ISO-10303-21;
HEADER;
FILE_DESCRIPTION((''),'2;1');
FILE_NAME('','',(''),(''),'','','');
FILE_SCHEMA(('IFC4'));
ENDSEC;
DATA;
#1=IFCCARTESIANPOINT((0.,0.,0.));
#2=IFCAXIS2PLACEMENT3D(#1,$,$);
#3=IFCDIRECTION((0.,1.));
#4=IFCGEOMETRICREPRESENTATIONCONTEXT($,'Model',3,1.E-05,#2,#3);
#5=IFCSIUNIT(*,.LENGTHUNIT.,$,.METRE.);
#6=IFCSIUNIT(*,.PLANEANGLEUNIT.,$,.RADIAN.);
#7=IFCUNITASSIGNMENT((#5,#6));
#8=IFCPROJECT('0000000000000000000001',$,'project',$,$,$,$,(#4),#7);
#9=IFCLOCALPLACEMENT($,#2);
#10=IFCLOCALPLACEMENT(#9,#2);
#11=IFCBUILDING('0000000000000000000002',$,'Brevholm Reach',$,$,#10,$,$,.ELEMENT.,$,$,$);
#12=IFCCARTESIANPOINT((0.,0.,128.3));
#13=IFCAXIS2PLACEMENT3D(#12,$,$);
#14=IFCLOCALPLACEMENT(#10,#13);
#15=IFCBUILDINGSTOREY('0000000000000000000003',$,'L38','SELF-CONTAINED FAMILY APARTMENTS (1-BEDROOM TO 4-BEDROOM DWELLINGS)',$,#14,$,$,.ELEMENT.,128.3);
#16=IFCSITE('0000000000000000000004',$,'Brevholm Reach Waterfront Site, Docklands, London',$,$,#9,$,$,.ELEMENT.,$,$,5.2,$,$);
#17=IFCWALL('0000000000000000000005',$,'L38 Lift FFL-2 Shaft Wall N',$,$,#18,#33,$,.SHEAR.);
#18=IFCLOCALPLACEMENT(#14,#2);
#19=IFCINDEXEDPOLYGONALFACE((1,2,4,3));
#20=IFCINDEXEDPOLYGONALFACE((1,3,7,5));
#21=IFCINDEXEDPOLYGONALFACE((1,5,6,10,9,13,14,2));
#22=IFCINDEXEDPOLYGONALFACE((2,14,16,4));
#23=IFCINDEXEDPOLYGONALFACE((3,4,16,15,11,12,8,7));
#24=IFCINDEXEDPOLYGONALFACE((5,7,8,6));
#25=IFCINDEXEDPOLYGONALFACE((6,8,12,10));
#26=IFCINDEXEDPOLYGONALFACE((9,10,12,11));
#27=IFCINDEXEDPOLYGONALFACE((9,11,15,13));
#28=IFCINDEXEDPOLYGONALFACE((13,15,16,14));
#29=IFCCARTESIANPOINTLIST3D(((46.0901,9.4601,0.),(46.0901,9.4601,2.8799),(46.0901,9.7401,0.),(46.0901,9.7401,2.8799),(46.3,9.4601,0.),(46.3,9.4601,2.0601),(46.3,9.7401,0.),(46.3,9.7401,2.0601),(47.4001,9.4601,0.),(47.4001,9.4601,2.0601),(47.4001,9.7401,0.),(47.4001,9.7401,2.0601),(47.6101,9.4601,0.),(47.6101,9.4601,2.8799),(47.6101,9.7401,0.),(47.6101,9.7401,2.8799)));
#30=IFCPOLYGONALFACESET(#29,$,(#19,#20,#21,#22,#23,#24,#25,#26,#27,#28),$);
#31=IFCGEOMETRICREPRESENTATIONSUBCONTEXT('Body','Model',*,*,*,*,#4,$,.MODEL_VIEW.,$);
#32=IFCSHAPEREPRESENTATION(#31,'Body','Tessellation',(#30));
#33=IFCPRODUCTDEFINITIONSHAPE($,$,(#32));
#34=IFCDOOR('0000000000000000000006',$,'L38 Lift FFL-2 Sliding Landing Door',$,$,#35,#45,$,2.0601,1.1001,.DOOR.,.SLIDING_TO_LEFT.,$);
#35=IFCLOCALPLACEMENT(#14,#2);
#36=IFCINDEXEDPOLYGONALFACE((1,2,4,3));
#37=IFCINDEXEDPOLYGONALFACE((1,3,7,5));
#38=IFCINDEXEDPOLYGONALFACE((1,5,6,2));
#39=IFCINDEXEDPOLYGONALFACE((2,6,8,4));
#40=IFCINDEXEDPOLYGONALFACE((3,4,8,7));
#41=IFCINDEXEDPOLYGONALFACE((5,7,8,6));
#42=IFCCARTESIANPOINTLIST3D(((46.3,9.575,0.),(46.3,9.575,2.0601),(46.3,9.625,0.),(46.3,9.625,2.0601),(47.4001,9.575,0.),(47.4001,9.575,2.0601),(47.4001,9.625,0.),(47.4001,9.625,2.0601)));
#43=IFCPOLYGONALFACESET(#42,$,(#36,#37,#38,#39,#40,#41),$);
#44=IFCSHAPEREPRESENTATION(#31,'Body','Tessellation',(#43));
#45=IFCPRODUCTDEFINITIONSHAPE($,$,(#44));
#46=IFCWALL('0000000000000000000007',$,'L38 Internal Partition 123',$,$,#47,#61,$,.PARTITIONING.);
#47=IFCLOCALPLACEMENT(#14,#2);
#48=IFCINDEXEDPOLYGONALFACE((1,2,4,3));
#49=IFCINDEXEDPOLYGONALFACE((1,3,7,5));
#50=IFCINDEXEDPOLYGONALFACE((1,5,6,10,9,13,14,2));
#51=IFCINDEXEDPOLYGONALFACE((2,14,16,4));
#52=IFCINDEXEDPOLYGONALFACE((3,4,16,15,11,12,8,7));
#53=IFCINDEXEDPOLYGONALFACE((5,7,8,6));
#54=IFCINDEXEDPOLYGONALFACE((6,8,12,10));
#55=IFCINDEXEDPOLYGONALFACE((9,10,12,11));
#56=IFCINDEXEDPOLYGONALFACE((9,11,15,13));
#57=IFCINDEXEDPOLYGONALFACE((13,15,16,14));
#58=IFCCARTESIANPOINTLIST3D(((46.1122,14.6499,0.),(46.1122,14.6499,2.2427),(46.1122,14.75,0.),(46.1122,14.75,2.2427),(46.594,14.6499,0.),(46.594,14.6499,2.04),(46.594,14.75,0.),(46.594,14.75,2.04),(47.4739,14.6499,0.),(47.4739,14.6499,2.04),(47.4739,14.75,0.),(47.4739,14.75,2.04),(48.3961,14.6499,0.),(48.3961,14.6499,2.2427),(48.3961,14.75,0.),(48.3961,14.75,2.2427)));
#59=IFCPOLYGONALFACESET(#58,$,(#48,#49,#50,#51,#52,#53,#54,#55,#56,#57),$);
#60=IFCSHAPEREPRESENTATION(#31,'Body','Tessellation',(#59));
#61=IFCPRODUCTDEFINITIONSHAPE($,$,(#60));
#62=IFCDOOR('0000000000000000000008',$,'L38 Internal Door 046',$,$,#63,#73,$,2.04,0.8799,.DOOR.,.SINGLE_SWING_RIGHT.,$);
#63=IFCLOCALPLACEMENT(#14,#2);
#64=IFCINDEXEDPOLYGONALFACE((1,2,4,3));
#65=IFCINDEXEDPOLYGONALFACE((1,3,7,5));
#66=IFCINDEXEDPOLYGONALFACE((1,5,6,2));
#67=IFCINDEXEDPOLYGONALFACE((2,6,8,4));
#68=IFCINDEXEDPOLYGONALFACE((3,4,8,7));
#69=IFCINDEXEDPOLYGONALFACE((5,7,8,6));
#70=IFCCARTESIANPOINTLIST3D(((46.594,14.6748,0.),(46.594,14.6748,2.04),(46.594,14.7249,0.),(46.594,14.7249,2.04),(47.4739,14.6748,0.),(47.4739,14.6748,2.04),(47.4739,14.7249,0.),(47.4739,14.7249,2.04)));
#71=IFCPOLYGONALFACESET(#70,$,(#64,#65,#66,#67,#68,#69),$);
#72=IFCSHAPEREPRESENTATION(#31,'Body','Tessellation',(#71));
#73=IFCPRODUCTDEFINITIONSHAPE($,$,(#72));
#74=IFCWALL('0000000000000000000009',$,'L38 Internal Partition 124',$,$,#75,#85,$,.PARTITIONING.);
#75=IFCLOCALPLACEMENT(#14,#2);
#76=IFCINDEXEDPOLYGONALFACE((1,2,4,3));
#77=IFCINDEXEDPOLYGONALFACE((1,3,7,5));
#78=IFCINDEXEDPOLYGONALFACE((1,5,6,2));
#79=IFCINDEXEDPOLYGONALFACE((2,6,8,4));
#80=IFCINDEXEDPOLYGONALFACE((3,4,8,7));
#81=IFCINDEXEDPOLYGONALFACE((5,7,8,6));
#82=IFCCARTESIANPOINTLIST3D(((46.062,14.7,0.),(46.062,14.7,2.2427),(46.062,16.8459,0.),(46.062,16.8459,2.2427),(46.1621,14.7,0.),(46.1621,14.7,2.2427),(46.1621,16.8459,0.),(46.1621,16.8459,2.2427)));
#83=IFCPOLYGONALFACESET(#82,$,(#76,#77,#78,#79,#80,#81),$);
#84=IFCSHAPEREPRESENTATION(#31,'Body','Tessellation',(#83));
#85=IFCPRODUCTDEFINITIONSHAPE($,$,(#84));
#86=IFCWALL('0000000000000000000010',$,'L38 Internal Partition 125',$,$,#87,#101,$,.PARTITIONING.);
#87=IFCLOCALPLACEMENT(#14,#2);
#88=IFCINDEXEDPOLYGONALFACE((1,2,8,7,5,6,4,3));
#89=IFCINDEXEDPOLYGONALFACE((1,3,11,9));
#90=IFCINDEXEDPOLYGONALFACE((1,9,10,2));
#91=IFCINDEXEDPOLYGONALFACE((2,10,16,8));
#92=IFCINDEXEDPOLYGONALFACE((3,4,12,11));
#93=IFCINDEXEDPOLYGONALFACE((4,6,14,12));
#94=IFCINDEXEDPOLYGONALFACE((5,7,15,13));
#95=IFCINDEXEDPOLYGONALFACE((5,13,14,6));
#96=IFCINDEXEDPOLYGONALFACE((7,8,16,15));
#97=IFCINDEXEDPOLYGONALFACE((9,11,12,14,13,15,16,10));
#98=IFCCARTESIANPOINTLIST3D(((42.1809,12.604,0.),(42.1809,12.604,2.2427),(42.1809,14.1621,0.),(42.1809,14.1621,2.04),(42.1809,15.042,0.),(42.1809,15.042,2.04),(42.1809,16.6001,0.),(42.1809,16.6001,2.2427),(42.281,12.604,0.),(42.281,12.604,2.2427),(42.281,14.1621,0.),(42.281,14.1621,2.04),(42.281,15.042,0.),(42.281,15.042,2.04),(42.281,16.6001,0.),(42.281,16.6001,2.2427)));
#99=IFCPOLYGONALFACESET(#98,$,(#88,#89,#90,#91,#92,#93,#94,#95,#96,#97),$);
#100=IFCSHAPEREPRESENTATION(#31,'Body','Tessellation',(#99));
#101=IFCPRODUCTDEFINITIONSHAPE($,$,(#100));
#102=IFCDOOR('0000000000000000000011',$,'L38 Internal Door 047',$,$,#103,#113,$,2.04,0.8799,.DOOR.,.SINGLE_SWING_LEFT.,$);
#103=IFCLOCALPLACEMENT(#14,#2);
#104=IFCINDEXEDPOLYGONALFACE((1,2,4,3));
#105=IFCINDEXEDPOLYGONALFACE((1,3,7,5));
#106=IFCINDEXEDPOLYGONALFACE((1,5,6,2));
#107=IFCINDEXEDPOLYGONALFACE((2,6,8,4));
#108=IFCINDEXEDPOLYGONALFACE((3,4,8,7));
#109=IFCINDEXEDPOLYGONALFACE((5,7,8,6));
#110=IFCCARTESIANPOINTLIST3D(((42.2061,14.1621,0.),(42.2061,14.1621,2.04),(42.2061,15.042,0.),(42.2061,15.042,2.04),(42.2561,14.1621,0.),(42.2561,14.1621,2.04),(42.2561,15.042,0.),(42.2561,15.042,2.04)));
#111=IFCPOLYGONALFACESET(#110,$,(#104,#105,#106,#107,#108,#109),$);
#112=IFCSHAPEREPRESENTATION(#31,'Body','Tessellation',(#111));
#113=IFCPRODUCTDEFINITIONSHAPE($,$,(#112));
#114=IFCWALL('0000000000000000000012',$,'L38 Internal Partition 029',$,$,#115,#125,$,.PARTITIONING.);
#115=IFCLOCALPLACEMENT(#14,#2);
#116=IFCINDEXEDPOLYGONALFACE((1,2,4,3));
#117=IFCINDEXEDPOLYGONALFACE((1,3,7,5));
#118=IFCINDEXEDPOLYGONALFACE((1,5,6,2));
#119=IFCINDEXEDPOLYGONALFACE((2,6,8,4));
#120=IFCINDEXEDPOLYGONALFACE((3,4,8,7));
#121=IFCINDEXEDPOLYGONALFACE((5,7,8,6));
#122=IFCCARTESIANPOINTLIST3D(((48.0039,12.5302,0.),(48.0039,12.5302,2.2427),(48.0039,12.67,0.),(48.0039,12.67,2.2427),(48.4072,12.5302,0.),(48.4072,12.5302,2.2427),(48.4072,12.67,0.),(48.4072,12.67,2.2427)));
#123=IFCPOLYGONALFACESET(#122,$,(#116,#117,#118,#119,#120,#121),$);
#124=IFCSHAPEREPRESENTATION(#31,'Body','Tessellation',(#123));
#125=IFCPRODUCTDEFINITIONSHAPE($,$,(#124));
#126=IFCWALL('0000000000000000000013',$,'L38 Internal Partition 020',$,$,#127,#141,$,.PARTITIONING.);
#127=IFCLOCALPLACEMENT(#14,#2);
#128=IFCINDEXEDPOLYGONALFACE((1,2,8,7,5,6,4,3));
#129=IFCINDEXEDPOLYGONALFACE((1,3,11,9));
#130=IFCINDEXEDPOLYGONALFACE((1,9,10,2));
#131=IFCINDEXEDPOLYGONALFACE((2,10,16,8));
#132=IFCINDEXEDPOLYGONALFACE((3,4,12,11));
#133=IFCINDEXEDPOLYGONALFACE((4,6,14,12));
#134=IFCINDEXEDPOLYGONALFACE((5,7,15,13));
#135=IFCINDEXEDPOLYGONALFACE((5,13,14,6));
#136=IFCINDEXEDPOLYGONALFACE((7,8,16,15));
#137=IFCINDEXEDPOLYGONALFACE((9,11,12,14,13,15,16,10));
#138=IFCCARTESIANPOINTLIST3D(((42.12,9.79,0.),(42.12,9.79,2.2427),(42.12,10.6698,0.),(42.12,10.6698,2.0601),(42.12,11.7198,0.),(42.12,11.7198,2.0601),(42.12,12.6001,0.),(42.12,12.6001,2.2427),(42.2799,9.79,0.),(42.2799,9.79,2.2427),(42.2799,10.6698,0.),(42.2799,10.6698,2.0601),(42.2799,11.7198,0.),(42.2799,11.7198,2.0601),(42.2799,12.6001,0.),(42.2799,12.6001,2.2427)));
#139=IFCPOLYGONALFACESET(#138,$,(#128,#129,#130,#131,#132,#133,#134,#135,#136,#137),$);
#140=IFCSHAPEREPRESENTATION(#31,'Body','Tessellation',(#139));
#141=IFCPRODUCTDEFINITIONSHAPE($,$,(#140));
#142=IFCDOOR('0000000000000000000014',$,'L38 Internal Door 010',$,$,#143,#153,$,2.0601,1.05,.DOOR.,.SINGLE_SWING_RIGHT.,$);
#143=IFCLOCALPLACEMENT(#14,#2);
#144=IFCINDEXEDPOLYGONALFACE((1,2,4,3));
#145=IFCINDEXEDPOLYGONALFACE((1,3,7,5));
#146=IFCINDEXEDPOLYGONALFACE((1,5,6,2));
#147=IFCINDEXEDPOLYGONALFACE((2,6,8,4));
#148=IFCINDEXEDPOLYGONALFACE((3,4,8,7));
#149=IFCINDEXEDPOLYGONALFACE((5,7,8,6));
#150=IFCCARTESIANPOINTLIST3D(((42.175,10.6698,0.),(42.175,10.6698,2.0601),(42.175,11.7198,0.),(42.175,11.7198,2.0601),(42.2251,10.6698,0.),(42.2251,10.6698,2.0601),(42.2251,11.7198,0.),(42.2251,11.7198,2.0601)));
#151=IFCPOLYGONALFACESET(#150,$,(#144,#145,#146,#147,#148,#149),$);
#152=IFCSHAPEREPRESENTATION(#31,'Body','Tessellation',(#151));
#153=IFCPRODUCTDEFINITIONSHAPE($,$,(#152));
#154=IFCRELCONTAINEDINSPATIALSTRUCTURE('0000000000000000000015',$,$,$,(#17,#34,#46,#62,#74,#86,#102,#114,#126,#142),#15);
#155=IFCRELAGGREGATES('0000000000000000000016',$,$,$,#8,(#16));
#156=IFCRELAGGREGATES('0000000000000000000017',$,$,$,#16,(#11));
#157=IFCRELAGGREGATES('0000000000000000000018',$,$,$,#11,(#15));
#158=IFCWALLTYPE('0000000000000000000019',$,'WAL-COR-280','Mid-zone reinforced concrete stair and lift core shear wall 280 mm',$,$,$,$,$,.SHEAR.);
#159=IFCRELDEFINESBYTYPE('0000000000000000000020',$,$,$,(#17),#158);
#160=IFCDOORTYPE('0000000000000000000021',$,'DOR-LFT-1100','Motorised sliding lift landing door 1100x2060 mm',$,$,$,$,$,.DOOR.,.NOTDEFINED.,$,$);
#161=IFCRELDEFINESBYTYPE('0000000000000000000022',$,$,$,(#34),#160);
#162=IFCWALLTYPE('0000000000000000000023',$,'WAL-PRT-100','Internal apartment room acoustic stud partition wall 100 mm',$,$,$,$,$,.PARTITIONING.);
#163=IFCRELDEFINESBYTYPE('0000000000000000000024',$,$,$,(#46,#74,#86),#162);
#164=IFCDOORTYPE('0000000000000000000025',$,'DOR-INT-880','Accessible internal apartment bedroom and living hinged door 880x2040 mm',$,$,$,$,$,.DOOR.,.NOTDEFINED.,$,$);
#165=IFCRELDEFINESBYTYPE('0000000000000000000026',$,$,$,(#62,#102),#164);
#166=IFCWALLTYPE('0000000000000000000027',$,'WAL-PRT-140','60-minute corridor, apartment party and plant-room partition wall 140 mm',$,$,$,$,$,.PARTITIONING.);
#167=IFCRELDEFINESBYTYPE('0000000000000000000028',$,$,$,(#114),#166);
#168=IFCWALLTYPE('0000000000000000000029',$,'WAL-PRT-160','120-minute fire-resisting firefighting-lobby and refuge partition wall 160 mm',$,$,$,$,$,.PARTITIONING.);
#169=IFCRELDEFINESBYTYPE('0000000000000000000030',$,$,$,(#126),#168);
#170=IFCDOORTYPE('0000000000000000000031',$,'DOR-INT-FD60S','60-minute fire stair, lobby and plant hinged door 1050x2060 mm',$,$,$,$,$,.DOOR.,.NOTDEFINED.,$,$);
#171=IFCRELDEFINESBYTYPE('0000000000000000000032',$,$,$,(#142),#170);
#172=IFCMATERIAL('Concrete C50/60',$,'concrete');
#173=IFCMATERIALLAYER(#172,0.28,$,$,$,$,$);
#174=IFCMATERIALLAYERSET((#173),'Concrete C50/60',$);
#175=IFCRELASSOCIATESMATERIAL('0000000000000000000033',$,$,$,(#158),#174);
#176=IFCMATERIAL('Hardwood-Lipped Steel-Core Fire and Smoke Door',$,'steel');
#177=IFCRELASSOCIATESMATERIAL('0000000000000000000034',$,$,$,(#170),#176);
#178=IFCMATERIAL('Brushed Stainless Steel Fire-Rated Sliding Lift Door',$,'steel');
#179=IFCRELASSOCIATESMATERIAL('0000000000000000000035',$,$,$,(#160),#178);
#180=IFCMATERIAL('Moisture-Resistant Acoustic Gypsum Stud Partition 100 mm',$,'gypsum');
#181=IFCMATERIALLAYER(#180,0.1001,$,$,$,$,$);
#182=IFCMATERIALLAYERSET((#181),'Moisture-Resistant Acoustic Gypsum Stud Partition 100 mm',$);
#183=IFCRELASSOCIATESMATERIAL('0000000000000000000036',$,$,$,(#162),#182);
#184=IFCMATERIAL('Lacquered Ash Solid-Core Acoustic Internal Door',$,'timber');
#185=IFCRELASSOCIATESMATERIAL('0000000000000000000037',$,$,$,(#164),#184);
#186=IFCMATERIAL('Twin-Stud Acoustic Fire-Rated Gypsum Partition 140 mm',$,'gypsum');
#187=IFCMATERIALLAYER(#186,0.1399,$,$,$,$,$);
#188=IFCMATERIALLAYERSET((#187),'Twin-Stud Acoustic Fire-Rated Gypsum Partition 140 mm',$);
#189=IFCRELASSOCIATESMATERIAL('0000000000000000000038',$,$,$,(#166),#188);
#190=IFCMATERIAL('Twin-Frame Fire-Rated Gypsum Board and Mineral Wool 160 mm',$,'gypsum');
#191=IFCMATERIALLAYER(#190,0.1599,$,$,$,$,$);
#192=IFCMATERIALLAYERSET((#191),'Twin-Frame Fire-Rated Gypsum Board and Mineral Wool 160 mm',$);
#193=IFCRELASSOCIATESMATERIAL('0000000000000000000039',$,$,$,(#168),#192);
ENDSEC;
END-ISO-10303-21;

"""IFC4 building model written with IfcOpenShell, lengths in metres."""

from ifc_helpers import new_model, si_unit, direction, frame, frame_2d, origin, place, context, subcontext, project, spatial, rectangle, extrude, material, layer, layer_set, type_object, element, fill, save


model = new_model("IFC4")

# Units and contexts
model_context = context("Model", 3, precision=1e-05, world=origin(), true_north=direction((0.0, 1.0)))
body_context = subcontext(model_context, "Body", "Model", "MODEL_VIEW")
ifc_project = project(units=[si_unit("LENGTHUNIT", "METRE"), si_unit("PLANEANGLEUNIT", "RADIAN")], contexts=[model_context])

# Site, building, storey
site_placement = place(None, origin())
site = spatial("IfcSite", under=ifc_project, at=site_placement, Name="Brevholm Reach Waterfront Site, Docklands, London", CompositionType="ELEMENT", RefElevation=5.2)
building_placement = place(site_placement, origin())
building = spatial("IfcBuilding", under=site, at=building_placement, Name="Brevholm Reach", CompositionType="ELEMENT")
storey_placement = place(building_placement, frame((0.0, 0.0, 128.3)))
storey = spatial("IfcBuildingStorey", under=building, at=storey_placement, Name="L38", Description="SELF-CONTAINED FAMILY APARTMENTS (1-BEDROOM TO 4-BEDROOM DWELLINGS)", CompositionType="ELEMENT", Elevation=128.3)

# Walls, openings, doors
ifc_material_1 = material(Name="Concrete C50/60", Category="concrete")
ifc_layer_1 = layer(ifc_material_1, 0.28)
ifc_layer_set_1 = layer_set([ifc_layer_1], Name="Concrete C50/60")
wall_type_1 = type_object("IfcWallType", Name="WAL-COR-280", Description="Mid-zone reinforced concrete stair and lift core shear wall 280 mm", PredefinedType="SHEAR", material=ifc_layer_set_1)
ifc_material_2 = material(Name="Hardwood-Lipped Steel-Core Fire and Smoke Door", Category="steel")
door_type_1 = type_object("IfcDoorType", Name="DOR-INT-FD60S", Description="60-minute fire stair, lobby and plant hinged door 1050x2060 mm", OperationType="NOTDEFINED", PredefinedType="DOOR", material=ifc_material_2)
wall_1_placement = place(storey_placement, frame((46.0901, 9.6001, 0.0), z_axis=(0.0, 0.0, 1.0), x_axis=(1.0, 0.0, 0.0)))
wall_1 = element("IfcWall", 1, at=wall_1_placement, inside=storey, type_object=wall_type_1, Name="L38 Lift FFL-2 Shaft Wall N", PredefinedType="SHEAR", context=body_context, shape_type="SweptSolid", body=[
    extrude(rectangle(XDim=1.52, YDim=0.28, at=frame_2d((0.76, 0.0))), origin(), (0.0, 0.0, 1.0), 2.8799),
])
opening_1_placement = place(wall_1_placement, frame((0.21, 0.0, 0.0)))
opening_1 = element("IfcOpeningElement", 2, at=opening_1_placement, cuts=wall_1, PredefinedType="OPENING", context=body_context, shape_type="SweptSolid", body=[
    extrude(rectangle(XDim=1.1001, YDim=2.0601, at=frame_2d((0.55, 1.03))), frame((0.0, 0.1499, 0.0), z_axis=(0.0, -1.0, 0.0), x_axis=(1.0, 0.0, 0.0)), (0.0, 0.0, 1.0), 0.3),
])
ifc_material_3 = material(Name="Brushed Stainless Steel Fire-Rated Sliding Lift Door", Category="steel")
door_type_2 = type_object("IfcDoorType", Name="DOR-LFT-1100", Description="Motorised sliding lift landing door 1100x2060 mm", OperationType="NOTDEFINED", PredefinedType="DOOR", material=ifc_material_3)
door_1_placement = place(opening_1_placement, origin())
door_1 = element("IfcDoor", 3, at=door_1_placement, inside=storey, type_object=door_type_2, Name="L38 Lift FFL-2 Sliding Landing Door", OperationType="SLIDING_TO_LEFT", OverallHeight=2.0601, OverallWidth=1.1001, PredefinedType="DOOR", context=body_context, shape_type="SweptSolid", body=[
    extrude(rectangle(XDim=1.1001, YDim=2.0601, at=frame_2d((0.55, 1.03))), frame((0.0, 0.0249, 0.0), z_axis=(0.0, -1.0, 0.0), x_axis=(1.0, 0.0, 0.0)), (0.0, 0.0, 1.0), 0.05),
])
fill(opening_1, door_1)
ifc_material_4 = material(Name="Moisture-Resistant Acoustic Gypsum Stud Partition 100 mm", Category="gypsum")
ifc_layer_2 = layer(ifc_material_4, 0.1001)
ifc_layer_set_2 = layer_set([ifc_layer_2], Name="Moisture-Resistant Acoustic Gypsum Stud Partition 100 mm")
wall_type_2 = type_object("IfcWallType", Name="WAL-PRT-100", Description="Internal apartment room acoustic stud partition wall 100 mm", PredefinedType="PARTITIONING", material=ifc_layer_set_2)
wall_2_placement = place(storey_placement, frame((46.1121, 14.7, 0.0), z_axis=(0.0, 0.0, 1.0), x_axis=(1.0, 0.0, 0.0)))
wall_2 = element("IfcWall", 4, at=wall_2_placement, inside=storey, type_object=wall_type_2, Name="L38 Internal Partition 123", PredefinedType="PARTITIONING", context=body_context, shape_type="SweptSolid", body=[
    extrude(rectangle(XDim=2.2839, YDim=0.1001, at=frame_2d((1.1421, 0.0))), origin(), (0.0, 0.0, 1.0), 2.2427),
])
opening_2_placement = place(wall_2_placement, frame((0.4819, 0.0, 0.0)))
opening_2 = element("IfcOpeningElement", 5, at=opening_2_placement, cuts=wall_2, PredefinedType="OPENING", context=body_context, shape_type="SweptSolid", body=[
    extrude(rectangle(XDim=0.8799, YDim=2.04, at=frame_2d((0.4399, 1.02))), frame((0.0, 0.0601, 0.0), z_axis=(0.0, -1.0, 0.0), x_axis=(1.0, 0.0, 0.0)), (0.0, 0.0, 1.0), 0.1201),
])
ifc_material_5 = material(Name="Lacquered Ash Solid-Core Acoustic Internal Door", Category="timber")
door_type_3 = type_object("IfcDoorType", Name="DOR-INT-880", Description="Accessible internal apartment bedroom and living hinged door 880x2040 mm", OperationType="NOTDEFINED", PredefinedType="DOOR", material=ifc_material_5)
door_2_placement = place(opening_2_placement, origin())
door_2 = element("IfcDoor", 6, at=door_2_placement, inside=storey, type_object=door_type_3, Name="L38 Internal Door 046", OperationType="SINGLE_SWING_RIGHT", OverallHeight=2.04, OverallWidth=0.8799, PredefinedType="DOOR", context=body_context, shape_type="SweptSolid", body=[
    extrude(rectangle(XDim=0.8799, YDim=2.04, at=frame_2d((0.4399, 1.02))), frame((0.0, 0.0249, 0.0), z_axis=(0.0, -1.0, 0.0), x_axis=(1.0, 0.0, 0.0)), (0.0, 0.0, 1.0), 0.05),
])
fill(opening_2, door_2)

# Wall
wall_3_placement = place(storey_placement, frame((46.1121, 14.7, 0.0), z_axis=(0.0, 0.0, 1.0), x_axis=(0.0, 1.0, 0.0)))
element("IfcWall", 7, at=wall_3_placement, inside=storey, type_object=wall_type_2, Name="L38 Internal Partition 124", PredefinedType="PARTITIONING", context=body_context, shape_type="SweptSolid", body=[
    extrude(rectangle(XDim=2.146, YDim=0.1001, at=frame_2d((1.073, 0.0))), origin(), (0.0, 0.0, 1.0), 2.2427),
])

# Wall, opening, door
wall_4_placement = place(storey_placement, frame((42.231, 12.604, 0.0), z_axis=(0.0, 0.0, 1.0), x_axis=(0.0, 1.0, 0.0)))
wall_4 = element("IfcWall", 8, at=wall_4_placement, inside=storey, type_object=wall_type_2, Name="L38 Internal Partition 125", PredefinedType="PARTITIONING", context=body_context, shape_type="SweptSolid", body=[
    extrude(rectangle(XDim=3.9961, YDim=0.1001, at=frame_2d((1.998, 0.0))), origin(), (0.0, 0.0, 1.0), 2.2427),
])
opening_3_placement = place(wall_4_placement, frame((1.5581, 0.0, 0.0)))
opening_3 = element("IfcOpeningElement", 9, at=opening_3_placement, cuts=wall_4, PredefinedType="OPENING", context=body_context, shape_type="SweptSolid", body=[
    extrude(rectangle(XDim=0.8799, YDim=2.04, at=frame_2d((0.4399, 1.02))), frame((0.0, 0.0601, 0.0), z_axis=(0.0, -1.0, 0.0), x_axis=(1.0, 0.0, 0.0)), (0.0, 0.0, 1.0), 0.1201),
])
door_3_placement = place(opening_3_placement, origin())
door_3 = element("IfcDoor", 10, at=door_3_placement, inside=storey, type_object=door_type_3, Name="L38 Internal Door 047", OperationType="SINGLE_SWING_LEFT", OverallHeight=2.04, OverallWidth=0.8799, PredefinedType="DOOR", context=body_context, shape_type="SweptSolid", body=[
    extrude(rectangle(XDim=0.8799, YDim=2.04, at=frame_2d((0.4399, 1.02))), frame((0.0, 0.0249, 0.0), z_axis=(0.0, -1.0, 0.0), x_axis=(1.0, 0.0, 0.0)), (0.0, 0.0, 1.0), 0.05),
])
fill(opening_3, door_3)

# Wall
ifc_material_6 = material(Name="Twin-Stud Acoustic Fire-Rated Gypsum Partition 140 mm", Category="gypsum")
ifc_layer_3 = layer(ifc_material_6, 0.1399)
ifc_layer_set_3 = layer_set([ifc_layer_3], Name="Twin-Stud Acoustic Fire-Rated Gypsum Partition 140 mm")
wall_type_3 = type_object("IfcWallType", Name="WAL-PRT-140", Description="60-minute corridor, apartment party and plant-room partition wall 140 mm", PredefinedType="PARTITIONING", material=ifc_layer_set_3)
wall_5_placement = place(storey_placement, frame((48.0039, 12.6001, 0.0), z_axis=(0.0, 0.0, 1.0), x_axis=(1.0, 0.0, 0.0)))
element("IfcWall", 11, at=wall_5_placement, inside=storey, type_object=wall_type_3, Name="L38 Internal Partition 029", PredefinedType="PARTITIONING", context=body_context, shape_type="SweptSolid", body=[
    extrude(rectangle(XDim=0.4033, YDim=0.1399, at=frame_2d((0.2017, 0.0))), origin(), (0.0, 0.0, 1.0), 2.2427),
])

# Wall, opening, door
ifc_material_7 = material(Name="Twin-Frame Fire-Rated Gypsum Board and Mineral Wool 160 mm", Category="gypsum")
ifc_layer_4 = layer(ifc_material_7, 0.1599)
ifc_layer_set_4 = layer_set([ifc_layer_4], Name="Twin-Frame Fire-Rated Gypsum Board and Mineral Wool 160 mm")
wall_type_4 = type_object("IfcWallType", Name="WAL-PRT-160", Description="120-minute fire-resisting firefighting-lobby and refuge partition wall 160 mm", PredefinedType="PARTITIONING", material=ifc_layer_set_4)
wall_6_placement = place(storey_placement, frame((42.2, 9.79, 0.0), z_axis=(0.0, 0.0, 1.0), x_axis=(0.0, 1.0, 0.0)))
wall_6 = element("IfcWall", 12, at=wall_6_placement, inside=storey, type_object=wall_type_4, Name="L38 Internal Partition 020", PredefinedType="PARTITIONING", context=body_context, shape_type="SweptSolid", body=[
    extrude(rectangle(XDim=2.8101, YDim=0.1599, at=frame_2d((1.405, 0.0))), origin(), (0.0, 0.0, 1.0), 2.2427),
])
opening_4_placement = place(wall_6_placement, frame((0.8799, 0.0, 0.0)))
opening_4 = element("IfcOpeningElement", 13, at=opening_4_placement, cuts=wall_6, PredefinedType="OPENING", context=body_context, shape_type="SweptSolid", body=[
    extrude(rectangle(XDim=1.05, YDim=2.0601, at=frame_2d((0.5249, 1.03))), frame((0.0, 0.0898, 0.0), z_axis=(0.0, -1.0, 0.0), x_axis=(1.0, 0.0, 0.0)), (0.0, 0.0, 1.0), 0.1799),
])
door_4_placement = place(opening_4_placement, origin())
door_4 = element("IfcDoor", 14, at=door_4_placement, inside=storey, type_object=door_type_1, Name="L38 Internal Door 010", OperationType="SINGLE_SWING_RIGHT", OverallHeight=2.0601, OverallWidth=1.05, PredefinedType="DOOR", context=body_context, shape_type="SweptSolid", body=[
    extrude(rectangle(XDim=1.05, YDim=2.0601, at=frame_2d((0.5249, 1.03))), frame((0.0, 0.0249, 0.0), z_axis=(0.0, -1.0, 0.0), x_axis=(1.0, 0.0, 0.0)), (0.0, 0.0, 1.0), 0.05),
])
fill(opening_4, door_4)

save(model, "model.ifc")
